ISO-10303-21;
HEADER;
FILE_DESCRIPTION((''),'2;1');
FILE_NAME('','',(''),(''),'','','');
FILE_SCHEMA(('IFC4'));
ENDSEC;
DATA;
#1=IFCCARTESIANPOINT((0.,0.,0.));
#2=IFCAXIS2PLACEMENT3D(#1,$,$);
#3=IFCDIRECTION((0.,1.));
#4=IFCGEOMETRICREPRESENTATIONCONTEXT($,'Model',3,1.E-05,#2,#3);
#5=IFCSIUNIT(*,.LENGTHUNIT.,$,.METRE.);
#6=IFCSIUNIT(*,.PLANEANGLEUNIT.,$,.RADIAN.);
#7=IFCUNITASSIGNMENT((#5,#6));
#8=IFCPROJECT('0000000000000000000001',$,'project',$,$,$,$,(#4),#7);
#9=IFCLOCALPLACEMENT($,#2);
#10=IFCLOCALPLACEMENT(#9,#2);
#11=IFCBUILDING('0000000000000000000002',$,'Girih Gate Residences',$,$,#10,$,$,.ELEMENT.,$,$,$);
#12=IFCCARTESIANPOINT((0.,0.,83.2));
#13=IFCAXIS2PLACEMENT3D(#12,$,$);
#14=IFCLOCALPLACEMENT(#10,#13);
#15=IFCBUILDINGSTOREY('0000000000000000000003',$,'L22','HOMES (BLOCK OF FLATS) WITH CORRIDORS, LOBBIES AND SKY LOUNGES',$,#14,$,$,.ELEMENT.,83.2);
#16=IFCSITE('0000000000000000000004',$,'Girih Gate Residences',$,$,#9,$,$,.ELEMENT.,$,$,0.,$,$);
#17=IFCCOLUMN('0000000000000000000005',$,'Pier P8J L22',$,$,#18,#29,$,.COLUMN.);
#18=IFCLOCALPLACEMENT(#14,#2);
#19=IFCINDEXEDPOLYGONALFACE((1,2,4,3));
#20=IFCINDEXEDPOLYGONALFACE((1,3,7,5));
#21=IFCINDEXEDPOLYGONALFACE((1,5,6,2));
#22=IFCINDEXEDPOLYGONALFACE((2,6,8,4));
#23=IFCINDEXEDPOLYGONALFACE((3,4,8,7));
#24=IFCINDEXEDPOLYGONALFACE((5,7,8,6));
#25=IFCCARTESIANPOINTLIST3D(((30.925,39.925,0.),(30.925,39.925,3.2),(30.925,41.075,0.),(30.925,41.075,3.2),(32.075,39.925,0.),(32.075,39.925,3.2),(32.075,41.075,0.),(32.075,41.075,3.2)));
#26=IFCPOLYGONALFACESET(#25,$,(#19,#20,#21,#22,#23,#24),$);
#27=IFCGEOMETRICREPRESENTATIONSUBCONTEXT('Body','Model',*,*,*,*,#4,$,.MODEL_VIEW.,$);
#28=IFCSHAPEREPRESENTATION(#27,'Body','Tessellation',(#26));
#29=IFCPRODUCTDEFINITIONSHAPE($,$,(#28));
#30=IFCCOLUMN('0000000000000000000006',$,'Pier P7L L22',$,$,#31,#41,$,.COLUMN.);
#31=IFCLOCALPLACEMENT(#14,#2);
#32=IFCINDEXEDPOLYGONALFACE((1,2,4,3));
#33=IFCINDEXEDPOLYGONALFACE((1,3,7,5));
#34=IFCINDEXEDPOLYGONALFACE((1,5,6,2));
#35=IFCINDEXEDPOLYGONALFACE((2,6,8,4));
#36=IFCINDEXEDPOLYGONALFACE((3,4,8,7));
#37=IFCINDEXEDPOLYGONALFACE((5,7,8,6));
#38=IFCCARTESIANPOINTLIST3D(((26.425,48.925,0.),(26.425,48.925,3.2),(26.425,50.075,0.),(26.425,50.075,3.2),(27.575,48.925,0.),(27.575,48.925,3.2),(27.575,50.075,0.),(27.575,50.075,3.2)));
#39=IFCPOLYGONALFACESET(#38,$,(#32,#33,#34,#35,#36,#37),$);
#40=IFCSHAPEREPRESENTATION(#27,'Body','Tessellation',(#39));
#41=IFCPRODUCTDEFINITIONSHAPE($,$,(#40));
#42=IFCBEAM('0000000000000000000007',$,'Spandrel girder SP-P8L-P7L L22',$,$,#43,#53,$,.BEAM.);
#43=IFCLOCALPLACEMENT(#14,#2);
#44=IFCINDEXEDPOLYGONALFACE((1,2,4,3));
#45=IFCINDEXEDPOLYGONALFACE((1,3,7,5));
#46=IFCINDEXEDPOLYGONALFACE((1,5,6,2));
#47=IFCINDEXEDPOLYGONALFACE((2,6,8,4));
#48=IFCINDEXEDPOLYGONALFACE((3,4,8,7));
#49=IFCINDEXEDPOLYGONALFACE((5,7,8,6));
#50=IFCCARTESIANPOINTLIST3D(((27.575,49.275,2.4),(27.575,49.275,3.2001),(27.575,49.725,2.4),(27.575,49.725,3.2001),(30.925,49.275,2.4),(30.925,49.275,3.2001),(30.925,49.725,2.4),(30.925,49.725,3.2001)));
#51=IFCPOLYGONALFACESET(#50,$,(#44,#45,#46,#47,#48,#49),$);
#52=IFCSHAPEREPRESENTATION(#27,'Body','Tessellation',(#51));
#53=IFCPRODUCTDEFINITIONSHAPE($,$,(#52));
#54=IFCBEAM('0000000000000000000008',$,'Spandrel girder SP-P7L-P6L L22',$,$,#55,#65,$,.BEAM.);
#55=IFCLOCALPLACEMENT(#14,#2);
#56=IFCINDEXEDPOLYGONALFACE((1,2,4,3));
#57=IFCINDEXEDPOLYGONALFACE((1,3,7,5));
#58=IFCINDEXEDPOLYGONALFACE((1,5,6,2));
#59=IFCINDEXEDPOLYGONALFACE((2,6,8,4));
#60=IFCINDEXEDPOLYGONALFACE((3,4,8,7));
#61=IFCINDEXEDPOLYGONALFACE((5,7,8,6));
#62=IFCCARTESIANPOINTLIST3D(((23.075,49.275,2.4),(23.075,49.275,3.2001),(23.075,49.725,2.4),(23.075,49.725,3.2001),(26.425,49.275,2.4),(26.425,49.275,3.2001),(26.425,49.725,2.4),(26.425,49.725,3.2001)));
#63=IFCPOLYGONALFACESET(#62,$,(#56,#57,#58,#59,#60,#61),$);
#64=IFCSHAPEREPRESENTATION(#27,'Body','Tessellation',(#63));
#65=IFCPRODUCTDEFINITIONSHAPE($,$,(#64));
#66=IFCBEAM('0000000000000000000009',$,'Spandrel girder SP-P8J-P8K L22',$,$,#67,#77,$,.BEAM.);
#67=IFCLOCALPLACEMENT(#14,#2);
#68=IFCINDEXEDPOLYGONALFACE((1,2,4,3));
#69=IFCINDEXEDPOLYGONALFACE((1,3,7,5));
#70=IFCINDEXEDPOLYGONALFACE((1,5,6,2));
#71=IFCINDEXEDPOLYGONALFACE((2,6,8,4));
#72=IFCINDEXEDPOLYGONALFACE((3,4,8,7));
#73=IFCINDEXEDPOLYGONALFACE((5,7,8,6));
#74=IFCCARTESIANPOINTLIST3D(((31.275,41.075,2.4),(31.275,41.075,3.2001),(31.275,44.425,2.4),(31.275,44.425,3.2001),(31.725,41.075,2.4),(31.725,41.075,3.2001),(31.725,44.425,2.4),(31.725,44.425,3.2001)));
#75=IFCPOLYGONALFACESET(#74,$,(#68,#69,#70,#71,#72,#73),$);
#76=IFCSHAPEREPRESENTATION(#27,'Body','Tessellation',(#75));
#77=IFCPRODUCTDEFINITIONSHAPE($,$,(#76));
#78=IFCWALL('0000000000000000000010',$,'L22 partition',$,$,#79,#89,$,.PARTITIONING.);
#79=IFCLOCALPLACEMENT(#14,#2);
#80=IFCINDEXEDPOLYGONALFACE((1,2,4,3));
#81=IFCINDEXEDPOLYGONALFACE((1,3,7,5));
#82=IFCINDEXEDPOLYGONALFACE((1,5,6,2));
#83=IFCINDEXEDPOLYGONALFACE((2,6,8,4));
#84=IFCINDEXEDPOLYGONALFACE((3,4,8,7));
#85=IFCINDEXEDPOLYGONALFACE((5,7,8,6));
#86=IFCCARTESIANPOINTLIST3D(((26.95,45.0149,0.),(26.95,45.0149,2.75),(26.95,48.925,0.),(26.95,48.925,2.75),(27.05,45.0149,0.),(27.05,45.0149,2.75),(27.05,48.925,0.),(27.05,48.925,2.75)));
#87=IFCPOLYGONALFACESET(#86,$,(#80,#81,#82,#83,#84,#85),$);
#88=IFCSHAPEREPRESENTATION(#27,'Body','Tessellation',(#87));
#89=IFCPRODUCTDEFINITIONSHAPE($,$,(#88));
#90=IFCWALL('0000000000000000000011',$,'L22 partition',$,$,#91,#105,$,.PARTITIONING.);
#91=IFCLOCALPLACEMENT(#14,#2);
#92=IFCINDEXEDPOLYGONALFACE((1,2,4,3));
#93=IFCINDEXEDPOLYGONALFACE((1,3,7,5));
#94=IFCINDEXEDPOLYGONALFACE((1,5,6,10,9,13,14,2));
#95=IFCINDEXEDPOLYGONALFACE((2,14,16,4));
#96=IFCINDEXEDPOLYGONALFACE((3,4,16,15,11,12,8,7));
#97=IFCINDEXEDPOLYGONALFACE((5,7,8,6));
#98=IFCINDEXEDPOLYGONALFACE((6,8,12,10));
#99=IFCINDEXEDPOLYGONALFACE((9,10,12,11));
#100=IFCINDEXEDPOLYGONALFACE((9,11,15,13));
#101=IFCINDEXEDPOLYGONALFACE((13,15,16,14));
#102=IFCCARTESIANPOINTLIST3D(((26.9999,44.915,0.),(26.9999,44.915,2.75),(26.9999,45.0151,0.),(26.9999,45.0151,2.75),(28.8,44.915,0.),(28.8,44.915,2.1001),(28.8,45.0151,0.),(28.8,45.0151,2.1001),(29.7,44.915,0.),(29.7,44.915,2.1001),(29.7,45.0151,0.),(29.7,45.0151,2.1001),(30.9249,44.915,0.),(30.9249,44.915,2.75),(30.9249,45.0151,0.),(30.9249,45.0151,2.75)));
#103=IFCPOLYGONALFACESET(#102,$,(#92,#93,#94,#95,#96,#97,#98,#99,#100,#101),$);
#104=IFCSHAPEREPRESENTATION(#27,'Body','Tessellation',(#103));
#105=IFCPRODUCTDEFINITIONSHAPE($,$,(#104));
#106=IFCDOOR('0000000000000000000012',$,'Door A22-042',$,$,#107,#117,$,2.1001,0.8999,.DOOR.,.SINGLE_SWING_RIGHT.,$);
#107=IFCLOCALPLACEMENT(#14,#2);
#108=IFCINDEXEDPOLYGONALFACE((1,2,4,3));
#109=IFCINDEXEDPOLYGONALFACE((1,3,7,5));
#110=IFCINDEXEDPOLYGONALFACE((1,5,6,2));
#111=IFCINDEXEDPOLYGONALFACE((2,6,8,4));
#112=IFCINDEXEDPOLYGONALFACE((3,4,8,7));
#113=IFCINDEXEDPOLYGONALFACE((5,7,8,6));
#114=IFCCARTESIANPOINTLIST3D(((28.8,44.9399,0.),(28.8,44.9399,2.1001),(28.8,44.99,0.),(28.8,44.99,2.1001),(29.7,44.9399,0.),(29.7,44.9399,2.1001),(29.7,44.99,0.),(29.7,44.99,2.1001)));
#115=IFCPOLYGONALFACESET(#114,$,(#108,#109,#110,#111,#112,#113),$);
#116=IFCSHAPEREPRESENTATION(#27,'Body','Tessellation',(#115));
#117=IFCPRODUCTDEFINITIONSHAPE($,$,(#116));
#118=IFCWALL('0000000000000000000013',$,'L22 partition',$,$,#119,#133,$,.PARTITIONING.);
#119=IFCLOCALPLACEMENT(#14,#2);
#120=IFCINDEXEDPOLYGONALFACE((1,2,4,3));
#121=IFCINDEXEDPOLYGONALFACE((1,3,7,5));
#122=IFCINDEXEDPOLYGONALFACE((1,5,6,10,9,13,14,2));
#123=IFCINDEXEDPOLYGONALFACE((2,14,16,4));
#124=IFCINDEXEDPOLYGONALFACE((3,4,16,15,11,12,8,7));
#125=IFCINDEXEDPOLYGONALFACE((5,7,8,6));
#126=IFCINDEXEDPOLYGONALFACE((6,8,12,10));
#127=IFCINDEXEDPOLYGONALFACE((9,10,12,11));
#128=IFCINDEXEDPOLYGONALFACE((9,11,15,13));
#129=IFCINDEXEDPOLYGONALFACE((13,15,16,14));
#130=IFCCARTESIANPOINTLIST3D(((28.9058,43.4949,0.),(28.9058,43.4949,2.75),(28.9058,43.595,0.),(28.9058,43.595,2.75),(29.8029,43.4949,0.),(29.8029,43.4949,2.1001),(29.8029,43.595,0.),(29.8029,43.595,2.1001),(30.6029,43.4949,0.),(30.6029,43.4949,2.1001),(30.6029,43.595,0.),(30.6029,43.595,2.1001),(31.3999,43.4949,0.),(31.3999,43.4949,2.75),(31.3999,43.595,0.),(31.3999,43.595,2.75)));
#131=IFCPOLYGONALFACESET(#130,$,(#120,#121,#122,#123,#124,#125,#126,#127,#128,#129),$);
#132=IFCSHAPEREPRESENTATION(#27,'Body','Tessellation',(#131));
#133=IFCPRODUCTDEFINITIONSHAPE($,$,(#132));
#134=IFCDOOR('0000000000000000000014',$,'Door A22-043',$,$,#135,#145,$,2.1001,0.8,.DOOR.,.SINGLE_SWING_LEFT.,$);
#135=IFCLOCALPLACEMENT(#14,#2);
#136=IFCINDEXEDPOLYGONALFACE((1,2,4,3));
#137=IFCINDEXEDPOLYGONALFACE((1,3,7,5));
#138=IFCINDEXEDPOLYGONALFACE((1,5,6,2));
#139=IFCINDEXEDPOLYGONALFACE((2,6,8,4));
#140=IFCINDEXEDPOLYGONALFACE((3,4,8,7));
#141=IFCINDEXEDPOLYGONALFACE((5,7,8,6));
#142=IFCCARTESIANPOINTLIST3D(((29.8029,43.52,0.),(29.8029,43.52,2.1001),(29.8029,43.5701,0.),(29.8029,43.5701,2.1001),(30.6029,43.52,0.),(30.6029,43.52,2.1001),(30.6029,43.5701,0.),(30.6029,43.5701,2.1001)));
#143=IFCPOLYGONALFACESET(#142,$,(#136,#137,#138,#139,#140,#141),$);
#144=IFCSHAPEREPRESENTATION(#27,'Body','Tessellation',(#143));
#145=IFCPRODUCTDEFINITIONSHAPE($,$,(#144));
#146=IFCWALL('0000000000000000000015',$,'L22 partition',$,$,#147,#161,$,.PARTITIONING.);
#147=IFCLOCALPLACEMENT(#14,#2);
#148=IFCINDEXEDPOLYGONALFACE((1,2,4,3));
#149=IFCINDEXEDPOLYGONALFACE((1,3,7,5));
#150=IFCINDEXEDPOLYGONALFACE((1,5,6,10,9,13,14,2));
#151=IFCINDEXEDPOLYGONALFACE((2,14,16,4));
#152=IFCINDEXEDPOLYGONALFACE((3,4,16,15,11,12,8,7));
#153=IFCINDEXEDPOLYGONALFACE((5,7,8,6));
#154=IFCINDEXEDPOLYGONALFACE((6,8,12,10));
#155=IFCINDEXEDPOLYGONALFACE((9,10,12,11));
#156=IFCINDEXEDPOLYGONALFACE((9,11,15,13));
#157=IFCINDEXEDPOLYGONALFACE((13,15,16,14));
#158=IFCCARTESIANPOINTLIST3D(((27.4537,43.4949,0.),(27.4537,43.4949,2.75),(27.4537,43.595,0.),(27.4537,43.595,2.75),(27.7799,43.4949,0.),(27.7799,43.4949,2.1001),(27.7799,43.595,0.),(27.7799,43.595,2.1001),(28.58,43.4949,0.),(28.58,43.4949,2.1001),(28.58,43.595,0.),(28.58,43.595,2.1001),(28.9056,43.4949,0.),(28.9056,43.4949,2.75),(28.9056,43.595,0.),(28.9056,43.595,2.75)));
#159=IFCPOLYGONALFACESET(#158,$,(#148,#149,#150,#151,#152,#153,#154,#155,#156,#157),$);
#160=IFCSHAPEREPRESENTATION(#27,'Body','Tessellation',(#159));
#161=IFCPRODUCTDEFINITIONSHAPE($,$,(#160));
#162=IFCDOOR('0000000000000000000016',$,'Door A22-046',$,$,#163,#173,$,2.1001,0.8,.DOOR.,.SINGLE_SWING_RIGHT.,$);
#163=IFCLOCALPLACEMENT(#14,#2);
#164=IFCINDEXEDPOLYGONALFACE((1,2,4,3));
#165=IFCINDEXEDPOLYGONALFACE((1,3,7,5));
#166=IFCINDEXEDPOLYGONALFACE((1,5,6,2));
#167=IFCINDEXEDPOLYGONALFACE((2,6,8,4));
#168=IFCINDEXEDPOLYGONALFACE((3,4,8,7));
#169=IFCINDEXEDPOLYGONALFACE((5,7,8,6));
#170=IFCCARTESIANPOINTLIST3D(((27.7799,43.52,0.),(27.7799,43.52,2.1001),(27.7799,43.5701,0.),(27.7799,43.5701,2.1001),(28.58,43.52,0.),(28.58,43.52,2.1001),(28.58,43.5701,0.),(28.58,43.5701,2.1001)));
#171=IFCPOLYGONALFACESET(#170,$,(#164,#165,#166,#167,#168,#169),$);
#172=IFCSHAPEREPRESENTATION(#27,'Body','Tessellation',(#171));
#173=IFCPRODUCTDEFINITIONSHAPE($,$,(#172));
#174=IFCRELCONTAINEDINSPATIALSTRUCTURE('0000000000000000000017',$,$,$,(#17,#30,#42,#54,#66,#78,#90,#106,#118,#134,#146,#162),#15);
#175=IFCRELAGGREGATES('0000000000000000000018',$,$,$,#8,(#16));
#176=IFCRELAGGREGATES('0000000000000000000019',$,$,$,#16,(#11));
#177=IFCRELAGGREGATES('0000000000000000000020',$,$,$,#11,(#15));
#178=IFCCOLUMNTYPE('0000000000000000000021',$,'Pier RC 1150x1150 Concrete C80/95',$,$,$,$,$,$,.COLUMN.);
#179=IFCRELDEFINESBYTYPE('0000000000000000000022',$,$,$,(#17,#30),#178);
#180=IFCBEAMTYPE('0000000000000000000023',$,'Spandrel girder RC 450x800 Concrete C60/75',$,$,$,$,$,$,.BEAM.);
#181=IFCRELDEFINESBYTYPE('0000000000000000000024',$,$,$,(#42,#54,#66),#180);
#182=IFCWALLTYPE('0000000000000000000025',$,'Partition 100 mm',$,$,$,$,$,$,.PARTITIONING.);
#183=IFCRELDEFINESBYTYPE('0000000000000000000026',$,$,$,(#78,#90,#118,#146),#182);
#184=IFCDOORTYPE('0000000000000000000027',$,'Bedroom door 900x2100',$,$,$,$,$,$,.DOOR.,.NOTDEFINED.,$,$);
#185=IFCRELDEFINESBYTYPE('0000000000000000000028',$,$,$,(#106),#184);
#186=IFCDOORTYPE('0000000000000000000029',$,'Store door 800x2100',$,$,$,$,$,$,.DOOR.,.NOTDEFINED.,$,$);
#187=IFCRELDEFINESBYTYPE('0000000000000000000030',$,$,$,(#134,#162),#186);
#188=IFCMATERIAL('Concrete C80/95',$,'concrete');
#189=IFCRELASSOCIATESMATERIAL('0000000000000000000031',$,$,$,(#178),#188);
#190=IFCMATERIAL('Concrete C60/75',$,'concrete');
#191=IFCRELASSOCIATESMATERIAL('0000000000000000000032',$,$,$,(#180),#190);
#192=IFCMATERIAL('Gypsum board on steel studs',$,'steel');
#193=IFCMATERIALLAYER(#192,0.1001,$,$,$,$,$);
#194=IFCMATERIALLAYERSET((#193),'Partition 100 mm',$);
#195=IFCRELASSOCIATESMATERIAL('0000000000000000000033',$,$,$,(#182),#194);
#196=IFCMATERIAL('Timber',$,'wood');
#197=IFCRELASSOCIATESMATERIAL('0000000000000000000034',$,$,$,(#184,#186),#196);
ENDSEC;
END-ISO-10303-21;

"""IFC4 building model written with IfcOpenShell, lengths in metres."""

from ifc_helpers import new_model, si_unit, direction, frame, frame_2d, origin, origin_2d, place, context, subcontext, project, spatial, rectangle, extrude, material, layer, layer_set, material_profile, profile_set, type_object, element, fill, save


model = new_model("IFC4")

# Units and contexts
model_context = context("Model", 3, precision=1e-05, world=origin(), true_north=direction((0.0, 1.0)))
body_context = subcontext(model_context, "Body", "Model", "MODEL_VIEW")
ifc_project = project(units=[si_unit("LENGTHUNIT", "METRE"), si_unit("PLANEANGLEUNIT", "RADIAN")], contexts=[model_context])

# Site, building, storey
site_placement = place(None, origin())
site = spatial("IfcSite", under=ifc_project, at=site_placement, Name="Girih Gate Residences", CompositionType="ELEMENT", RefElevation=0.0)
building_placement = place(site_placement, origin())
building = spatial("IfcBuilding", under=site, at=building_placement, Name="Girih Gate Residences", CompositionType="ELEMENT")
storey_placement = place(building_placement, frame((0.0, 0.0, 83.2)))
storey = spatial("IfcBuildingStorey", under=building, at=storey_placement, Name="L22", Description="HOMES (BLOCK OF FLATS) WITH CORRIDORS, LOBBIES AND SKY LOUNGES", CompositionType="ELEMENT", Elevation=83.2)

# Columns
ifc_material_1 = material(Name="Concrete C80/95", Category="concrete")
ifc_material_profile_1 = material_profile(ifc_material_1, rectangle(XDim=1.1499, YDim=1.1499, at=origin_2d()))
ifc_profile_set_1 = profile_set([ifc_material_profile_1], Name="Concrete C80/95")
column_type = type_object("IfcColumnType", Name="Pier RC 1150x1150 Concrete C80/95", PredefinedType="COLUMN", material=ifc_profile_set_1)
for number, where, z_axis, x_axis, name in (
    (1, (31.5, 40.5, 0.0), (0.0, 0.0, 1.0), (1.0, 0.0, 0.0), "Pier P8J L22"),
    (2, (27.0, 49.5, 0.0), (0.0, 0.0, 1.0), (1.0, 0.0, 0.0), "Pier P7L L22"),
):
    element("IfcColumn", number, at=place(storey_placement, frame(where, z_axis=z_axis, x_axis=x_axis)), inside=storey, type_object=column_type, Name=name, PredefinedType="COLUMN", context=body_context, shape_type="SweptSolid", body=[
        extrude(rectangle(XDim=1.1499, YDim=1.1499, at=origin_2d()), origin(), (0.0, 0.0, 1.0), 3.2),
    ])

# Beams
ifc_material_2 = material(Name="Concrete C60/75", Category="concrete")
ifc_material_profile_2 = material_profile(ifc_material_2, rectangle(XDim=0.45, YDim=0.8, at=origin_2d()))
ifc_profile_set_2 = profile_set([ifc_material_profile_2], Name="Concrete C60/75")
beam_type = type_object("IfcBeamType", Name="Spandrel girder RC 450x800 Concrete C60/75", PredefinedType="BEAM", material=ifc_profile_set_2)
for number, where, z_axis, x_axis, name in (
    (3, (30.925, 49.5, 2.8), (-1.0, 0.0, 0.0), (0.0, -1.0, 0.0), "Spandrel girder SP-P8L-P7L L22"),
    (4, (26.425, 49.5, 2.8), (-1.0, 0.0, 0.0), (0.0, -1.0, 0.0), "Spandrel girder SP-P7L-P6L L22"),
    (5, (31.5, 41.075, 2.8), (0.0, 1.0, 0.0), (-1.0, 0.0, 0.0), "Spandrel girder SP-P8J-P8K L22"),
):
    element("IfcBeam", number, at=place(storey_placement, frame(where, z_axis=z_axis, x_axis=x_axis)), inside=storey, type_object=beam_type, Name=name, PredefinedType="BEAM", context=body_context, shape_type="SweptSolid", body=[
        extrude(rectangle(XDim=0.45, YDim=0.8, at=origin_2d()), origin(), (0.0, 0.0, 1.0), 3.3501),
    ])

# Wall
ifc_material_3 = material(Name="Gypsum board on steel studs", Category="steel")
ifc_layer_1 = layer(ifc_material_3, 0.1001)
ifc_layer_set_1 = layer_set([ifc_layer_1], Name="Partition 100 mm")
wall_type_1 = type_object("IfcWallType", Name="Partition 100 mm", PredefinedType="PARTITIONING", material=ifc_layer_set_1)
wall_1_placement = place(storey_placement, frame((27.0, 45.0149, 0.0), z_axis=(0.0, 0.0, 1.0), x_axis=(0.0, 1.0, 0.0)))
element("IfcWall", 6, at=wall_1_placement, inside=storey, type_object=wall_type_1, Name="L22 partition", PredefinedType="PARTITIONING", context=body_context, shape_type="SweptSolid", body=[
    extrude(rectangle(XDim=3.9102, YDim=0.1001, at=frame_2d((1.9551, 0.0))), origin(), (0.0, 0.0, 1.0), 2.75),
])

# Walls, openings, doors
wall_2_placement = place(storey_placement, frame((27.0, 44.9651, 0.0), z_axis=(0.0, 0.0, 1.0), x_axis=(1.0, 0.0, 0.0)))
wall_2 = element("IfcWall", 7, at=wall_2_placement, inside=storey, type_object=wall_type_1, Name="L22 partition", PredefinedType="PARTITIONING", context=body_context, shape_type="SweptSolid", body=[
    extrude(rectangle(XDim=3.925, YDim=0.1001, at=frame_2d((1.9624, 0.0))), origin(), (0.0, 0.0, 1.0), 2.75),
])
opening_1_placement = place(wall_2_placement, frame((1.8, 0.0, 0.0)))
opening_1 = element("IfcOpeningElement", 8, at=opening_1_placement, cuts=wall_2, PredefinedType="OPENING", context=body_context, shape_type="SweptSolid", body=[
    extrude(rectangle(XDim=0.8999, YDim=2.1001, at=frame_2d((0.45, 1.05))), frame((0.0, 0.0601, 0.0), z_axis=(0.0, -1.0, 0.0), x_axis=(1.0, 0.0, 0.0)), (0.0, 0.0, 1.0), 0.1201),
])
ifc_material_4 = material(Name="Timber", Category="wood")
door_type_1 = type_object("IfcDoorType", Name="Bedroom door 900x2100", OperationType="NOTDEFINED", PredefinedType="DOOR", material=ifc_material_4)
door_1_placement = place(opening_1_placement, origin())
door_1 = element("IfcDoor", 9, at=door_1_placement, inside=storey, type_object=door_type_1, Name="Door A22-042", OperationType="SINGLE_SWING_RIGHT", OverallHeight=2.1001, OverallWidth=0.8999, PredefinedType="DOOR", context=body_context, shape_type="SweptSolid", body=[
    extrude(rectangle(XDim=0.8999, YDim=2.1001, at=frame_2d((0.45, 1.05))), frame((0.0, 0.0249, 0.0), z_axis=(0.0, -1.0, 0.0), x_axis=(1.0, 0.0, 0.0)), (0.0, 0.0, 1.0), 0.05),
])
fill(opening_1, door_1)
wall_3_placement = place(storey_placement, frame((31.3999, 43.5449, 0.0), z_axis=(0.0, 0.0, 1.0), x_axis=(-1.0, 0.0, 0.0)))
wall_3 = element("IfcWall", 10, at=wall_3_placement, inside=storey, type_object=wall_type_1, Name="L22 partition", PredefinedType="PARTITIONING", context=body_context, shape_type="SweptSolid", body=[
    extrude(rectangle(XDim=2.4941, YDim=0.1001, at=frame_2d((1.2471, 0.0))), origin(), (0.0, 0.0, 1.0), 2.75),
])
opening_2_placement = place(wall_3_placement, frame((0.7971, 0.0, 0.0)))
opening_2 = element("IfcOpeningElement", 11, at=opening_2_placement, cuts=wall_3, PredefinedType="OPENING", context=body_context, shape_type="SweptSolid", body=[
    extrude(rectangle(XDim=0.8, YDim=2.1001, at=frame_2d((0.3999, 1.05))), frame((0.0, 0.0601, 0.0), z_axis=(0.0, -1.0, 0.0), x_axis=(1.0, 0.0, 0.0)), (0.0, 0.0, 1.0), 0.1201),
])
door_type_2 = type_object("IfcDoorType", Name="Store door 800x2100", OperationType="NOTDEFINED", PredefinedType="DOOR", material=ifc_material_4)
door_2_placement = place(opening_2_placement, origin())
door_2 = element("IfcDoor", 12, at=door_2_placement, inside=storey, type_object=door_type_2, Name="Door A22-043", OperationType="SINGLE_SWING_LEFT", OverallHeight=2.1001, OverallWidth=0.8, PredefinedType="DOOR", context=body_context, shape_type="SweptSolid", body=[
    extrude(rectangle(XDim=0.8, YDim=2.1001, at=frame_2d((0.3999, 1.05))), frame((0.0, 0.0249, 0.0), z_axis=(0.0, -1.0, 0.0), x_axis=(1.0, 0.0, 0.0)), (0.0, 0.0, 1.0), 0.05),
])
fill(opening_2, door_2)
wall_4_placement = place(storey_placement, frame((28.9058, 43.5449, 0.0), z_axis=(0.0, 0.0, 1.0), x_axis=(-1.0, 0.0, 0.0)))
wall_4 = element("IfcWall", 13, at=wall_4_placement, inside=storey, type_object=wall_type_1, Name="L22 partition", PredefinedType="PARTITIONING", context=body_context, shape_type="SweptSolid", body=[
    extrude(rectangle(XDim=1.4519, YDim=0.1001, at=frame_2d((0.7261, 0.0))), origin(), (0.0, 0.0, 1.0), 2.75),
])
opening_3_placement = place(wall_4_placement, frame((0.3259, 0.0, 0.0)))
opening_3 = element("IfcOpeningElement", 14, at=opening_3_placement, cuts=wall_4, PredefinedType="OPENING", context=body_context, shape_type="SweptSolid", body=[
    extrude(rectangle(XDim=0.8, YDim=2.1001, at=frame_2d((0.3999, 1.05))), frame((0.0, 0.0601, 0.0), z_axis=(0.0, -1.0, 0.0), x_axis=(1.0, 0.0, 0.0)), (0.0, 0.0, 1.0), 0.1201),
])
door_3_placement = place(opening_3_placement, origin())
door_3 = element("IfcDoor", 15, at=door_3_placement, inside=storey, type_object=door_type_2, Name="Door A22-046", OperationType="SINGLE_SWING_RIGHT", OverallHeight=2.1001, OverallWidth=0.8, PredefinedType="DOOR", context=body_context, shape_type="SweptSolid", body=[
    extrude(rectangle(XDim=0.8, YDim=2.1001, at=frame_2d((0.3999, 1.05))), frame((0.0, 0.0249, 0.0), z_axis=(0.0, -1.0, 0.0), x_axis=(1.0, 0.0, 0.0)), (0.0, 0.0, 1.0), 0.05),
])
fill(opening_3, door_3)

save(model, "model.ifc")
